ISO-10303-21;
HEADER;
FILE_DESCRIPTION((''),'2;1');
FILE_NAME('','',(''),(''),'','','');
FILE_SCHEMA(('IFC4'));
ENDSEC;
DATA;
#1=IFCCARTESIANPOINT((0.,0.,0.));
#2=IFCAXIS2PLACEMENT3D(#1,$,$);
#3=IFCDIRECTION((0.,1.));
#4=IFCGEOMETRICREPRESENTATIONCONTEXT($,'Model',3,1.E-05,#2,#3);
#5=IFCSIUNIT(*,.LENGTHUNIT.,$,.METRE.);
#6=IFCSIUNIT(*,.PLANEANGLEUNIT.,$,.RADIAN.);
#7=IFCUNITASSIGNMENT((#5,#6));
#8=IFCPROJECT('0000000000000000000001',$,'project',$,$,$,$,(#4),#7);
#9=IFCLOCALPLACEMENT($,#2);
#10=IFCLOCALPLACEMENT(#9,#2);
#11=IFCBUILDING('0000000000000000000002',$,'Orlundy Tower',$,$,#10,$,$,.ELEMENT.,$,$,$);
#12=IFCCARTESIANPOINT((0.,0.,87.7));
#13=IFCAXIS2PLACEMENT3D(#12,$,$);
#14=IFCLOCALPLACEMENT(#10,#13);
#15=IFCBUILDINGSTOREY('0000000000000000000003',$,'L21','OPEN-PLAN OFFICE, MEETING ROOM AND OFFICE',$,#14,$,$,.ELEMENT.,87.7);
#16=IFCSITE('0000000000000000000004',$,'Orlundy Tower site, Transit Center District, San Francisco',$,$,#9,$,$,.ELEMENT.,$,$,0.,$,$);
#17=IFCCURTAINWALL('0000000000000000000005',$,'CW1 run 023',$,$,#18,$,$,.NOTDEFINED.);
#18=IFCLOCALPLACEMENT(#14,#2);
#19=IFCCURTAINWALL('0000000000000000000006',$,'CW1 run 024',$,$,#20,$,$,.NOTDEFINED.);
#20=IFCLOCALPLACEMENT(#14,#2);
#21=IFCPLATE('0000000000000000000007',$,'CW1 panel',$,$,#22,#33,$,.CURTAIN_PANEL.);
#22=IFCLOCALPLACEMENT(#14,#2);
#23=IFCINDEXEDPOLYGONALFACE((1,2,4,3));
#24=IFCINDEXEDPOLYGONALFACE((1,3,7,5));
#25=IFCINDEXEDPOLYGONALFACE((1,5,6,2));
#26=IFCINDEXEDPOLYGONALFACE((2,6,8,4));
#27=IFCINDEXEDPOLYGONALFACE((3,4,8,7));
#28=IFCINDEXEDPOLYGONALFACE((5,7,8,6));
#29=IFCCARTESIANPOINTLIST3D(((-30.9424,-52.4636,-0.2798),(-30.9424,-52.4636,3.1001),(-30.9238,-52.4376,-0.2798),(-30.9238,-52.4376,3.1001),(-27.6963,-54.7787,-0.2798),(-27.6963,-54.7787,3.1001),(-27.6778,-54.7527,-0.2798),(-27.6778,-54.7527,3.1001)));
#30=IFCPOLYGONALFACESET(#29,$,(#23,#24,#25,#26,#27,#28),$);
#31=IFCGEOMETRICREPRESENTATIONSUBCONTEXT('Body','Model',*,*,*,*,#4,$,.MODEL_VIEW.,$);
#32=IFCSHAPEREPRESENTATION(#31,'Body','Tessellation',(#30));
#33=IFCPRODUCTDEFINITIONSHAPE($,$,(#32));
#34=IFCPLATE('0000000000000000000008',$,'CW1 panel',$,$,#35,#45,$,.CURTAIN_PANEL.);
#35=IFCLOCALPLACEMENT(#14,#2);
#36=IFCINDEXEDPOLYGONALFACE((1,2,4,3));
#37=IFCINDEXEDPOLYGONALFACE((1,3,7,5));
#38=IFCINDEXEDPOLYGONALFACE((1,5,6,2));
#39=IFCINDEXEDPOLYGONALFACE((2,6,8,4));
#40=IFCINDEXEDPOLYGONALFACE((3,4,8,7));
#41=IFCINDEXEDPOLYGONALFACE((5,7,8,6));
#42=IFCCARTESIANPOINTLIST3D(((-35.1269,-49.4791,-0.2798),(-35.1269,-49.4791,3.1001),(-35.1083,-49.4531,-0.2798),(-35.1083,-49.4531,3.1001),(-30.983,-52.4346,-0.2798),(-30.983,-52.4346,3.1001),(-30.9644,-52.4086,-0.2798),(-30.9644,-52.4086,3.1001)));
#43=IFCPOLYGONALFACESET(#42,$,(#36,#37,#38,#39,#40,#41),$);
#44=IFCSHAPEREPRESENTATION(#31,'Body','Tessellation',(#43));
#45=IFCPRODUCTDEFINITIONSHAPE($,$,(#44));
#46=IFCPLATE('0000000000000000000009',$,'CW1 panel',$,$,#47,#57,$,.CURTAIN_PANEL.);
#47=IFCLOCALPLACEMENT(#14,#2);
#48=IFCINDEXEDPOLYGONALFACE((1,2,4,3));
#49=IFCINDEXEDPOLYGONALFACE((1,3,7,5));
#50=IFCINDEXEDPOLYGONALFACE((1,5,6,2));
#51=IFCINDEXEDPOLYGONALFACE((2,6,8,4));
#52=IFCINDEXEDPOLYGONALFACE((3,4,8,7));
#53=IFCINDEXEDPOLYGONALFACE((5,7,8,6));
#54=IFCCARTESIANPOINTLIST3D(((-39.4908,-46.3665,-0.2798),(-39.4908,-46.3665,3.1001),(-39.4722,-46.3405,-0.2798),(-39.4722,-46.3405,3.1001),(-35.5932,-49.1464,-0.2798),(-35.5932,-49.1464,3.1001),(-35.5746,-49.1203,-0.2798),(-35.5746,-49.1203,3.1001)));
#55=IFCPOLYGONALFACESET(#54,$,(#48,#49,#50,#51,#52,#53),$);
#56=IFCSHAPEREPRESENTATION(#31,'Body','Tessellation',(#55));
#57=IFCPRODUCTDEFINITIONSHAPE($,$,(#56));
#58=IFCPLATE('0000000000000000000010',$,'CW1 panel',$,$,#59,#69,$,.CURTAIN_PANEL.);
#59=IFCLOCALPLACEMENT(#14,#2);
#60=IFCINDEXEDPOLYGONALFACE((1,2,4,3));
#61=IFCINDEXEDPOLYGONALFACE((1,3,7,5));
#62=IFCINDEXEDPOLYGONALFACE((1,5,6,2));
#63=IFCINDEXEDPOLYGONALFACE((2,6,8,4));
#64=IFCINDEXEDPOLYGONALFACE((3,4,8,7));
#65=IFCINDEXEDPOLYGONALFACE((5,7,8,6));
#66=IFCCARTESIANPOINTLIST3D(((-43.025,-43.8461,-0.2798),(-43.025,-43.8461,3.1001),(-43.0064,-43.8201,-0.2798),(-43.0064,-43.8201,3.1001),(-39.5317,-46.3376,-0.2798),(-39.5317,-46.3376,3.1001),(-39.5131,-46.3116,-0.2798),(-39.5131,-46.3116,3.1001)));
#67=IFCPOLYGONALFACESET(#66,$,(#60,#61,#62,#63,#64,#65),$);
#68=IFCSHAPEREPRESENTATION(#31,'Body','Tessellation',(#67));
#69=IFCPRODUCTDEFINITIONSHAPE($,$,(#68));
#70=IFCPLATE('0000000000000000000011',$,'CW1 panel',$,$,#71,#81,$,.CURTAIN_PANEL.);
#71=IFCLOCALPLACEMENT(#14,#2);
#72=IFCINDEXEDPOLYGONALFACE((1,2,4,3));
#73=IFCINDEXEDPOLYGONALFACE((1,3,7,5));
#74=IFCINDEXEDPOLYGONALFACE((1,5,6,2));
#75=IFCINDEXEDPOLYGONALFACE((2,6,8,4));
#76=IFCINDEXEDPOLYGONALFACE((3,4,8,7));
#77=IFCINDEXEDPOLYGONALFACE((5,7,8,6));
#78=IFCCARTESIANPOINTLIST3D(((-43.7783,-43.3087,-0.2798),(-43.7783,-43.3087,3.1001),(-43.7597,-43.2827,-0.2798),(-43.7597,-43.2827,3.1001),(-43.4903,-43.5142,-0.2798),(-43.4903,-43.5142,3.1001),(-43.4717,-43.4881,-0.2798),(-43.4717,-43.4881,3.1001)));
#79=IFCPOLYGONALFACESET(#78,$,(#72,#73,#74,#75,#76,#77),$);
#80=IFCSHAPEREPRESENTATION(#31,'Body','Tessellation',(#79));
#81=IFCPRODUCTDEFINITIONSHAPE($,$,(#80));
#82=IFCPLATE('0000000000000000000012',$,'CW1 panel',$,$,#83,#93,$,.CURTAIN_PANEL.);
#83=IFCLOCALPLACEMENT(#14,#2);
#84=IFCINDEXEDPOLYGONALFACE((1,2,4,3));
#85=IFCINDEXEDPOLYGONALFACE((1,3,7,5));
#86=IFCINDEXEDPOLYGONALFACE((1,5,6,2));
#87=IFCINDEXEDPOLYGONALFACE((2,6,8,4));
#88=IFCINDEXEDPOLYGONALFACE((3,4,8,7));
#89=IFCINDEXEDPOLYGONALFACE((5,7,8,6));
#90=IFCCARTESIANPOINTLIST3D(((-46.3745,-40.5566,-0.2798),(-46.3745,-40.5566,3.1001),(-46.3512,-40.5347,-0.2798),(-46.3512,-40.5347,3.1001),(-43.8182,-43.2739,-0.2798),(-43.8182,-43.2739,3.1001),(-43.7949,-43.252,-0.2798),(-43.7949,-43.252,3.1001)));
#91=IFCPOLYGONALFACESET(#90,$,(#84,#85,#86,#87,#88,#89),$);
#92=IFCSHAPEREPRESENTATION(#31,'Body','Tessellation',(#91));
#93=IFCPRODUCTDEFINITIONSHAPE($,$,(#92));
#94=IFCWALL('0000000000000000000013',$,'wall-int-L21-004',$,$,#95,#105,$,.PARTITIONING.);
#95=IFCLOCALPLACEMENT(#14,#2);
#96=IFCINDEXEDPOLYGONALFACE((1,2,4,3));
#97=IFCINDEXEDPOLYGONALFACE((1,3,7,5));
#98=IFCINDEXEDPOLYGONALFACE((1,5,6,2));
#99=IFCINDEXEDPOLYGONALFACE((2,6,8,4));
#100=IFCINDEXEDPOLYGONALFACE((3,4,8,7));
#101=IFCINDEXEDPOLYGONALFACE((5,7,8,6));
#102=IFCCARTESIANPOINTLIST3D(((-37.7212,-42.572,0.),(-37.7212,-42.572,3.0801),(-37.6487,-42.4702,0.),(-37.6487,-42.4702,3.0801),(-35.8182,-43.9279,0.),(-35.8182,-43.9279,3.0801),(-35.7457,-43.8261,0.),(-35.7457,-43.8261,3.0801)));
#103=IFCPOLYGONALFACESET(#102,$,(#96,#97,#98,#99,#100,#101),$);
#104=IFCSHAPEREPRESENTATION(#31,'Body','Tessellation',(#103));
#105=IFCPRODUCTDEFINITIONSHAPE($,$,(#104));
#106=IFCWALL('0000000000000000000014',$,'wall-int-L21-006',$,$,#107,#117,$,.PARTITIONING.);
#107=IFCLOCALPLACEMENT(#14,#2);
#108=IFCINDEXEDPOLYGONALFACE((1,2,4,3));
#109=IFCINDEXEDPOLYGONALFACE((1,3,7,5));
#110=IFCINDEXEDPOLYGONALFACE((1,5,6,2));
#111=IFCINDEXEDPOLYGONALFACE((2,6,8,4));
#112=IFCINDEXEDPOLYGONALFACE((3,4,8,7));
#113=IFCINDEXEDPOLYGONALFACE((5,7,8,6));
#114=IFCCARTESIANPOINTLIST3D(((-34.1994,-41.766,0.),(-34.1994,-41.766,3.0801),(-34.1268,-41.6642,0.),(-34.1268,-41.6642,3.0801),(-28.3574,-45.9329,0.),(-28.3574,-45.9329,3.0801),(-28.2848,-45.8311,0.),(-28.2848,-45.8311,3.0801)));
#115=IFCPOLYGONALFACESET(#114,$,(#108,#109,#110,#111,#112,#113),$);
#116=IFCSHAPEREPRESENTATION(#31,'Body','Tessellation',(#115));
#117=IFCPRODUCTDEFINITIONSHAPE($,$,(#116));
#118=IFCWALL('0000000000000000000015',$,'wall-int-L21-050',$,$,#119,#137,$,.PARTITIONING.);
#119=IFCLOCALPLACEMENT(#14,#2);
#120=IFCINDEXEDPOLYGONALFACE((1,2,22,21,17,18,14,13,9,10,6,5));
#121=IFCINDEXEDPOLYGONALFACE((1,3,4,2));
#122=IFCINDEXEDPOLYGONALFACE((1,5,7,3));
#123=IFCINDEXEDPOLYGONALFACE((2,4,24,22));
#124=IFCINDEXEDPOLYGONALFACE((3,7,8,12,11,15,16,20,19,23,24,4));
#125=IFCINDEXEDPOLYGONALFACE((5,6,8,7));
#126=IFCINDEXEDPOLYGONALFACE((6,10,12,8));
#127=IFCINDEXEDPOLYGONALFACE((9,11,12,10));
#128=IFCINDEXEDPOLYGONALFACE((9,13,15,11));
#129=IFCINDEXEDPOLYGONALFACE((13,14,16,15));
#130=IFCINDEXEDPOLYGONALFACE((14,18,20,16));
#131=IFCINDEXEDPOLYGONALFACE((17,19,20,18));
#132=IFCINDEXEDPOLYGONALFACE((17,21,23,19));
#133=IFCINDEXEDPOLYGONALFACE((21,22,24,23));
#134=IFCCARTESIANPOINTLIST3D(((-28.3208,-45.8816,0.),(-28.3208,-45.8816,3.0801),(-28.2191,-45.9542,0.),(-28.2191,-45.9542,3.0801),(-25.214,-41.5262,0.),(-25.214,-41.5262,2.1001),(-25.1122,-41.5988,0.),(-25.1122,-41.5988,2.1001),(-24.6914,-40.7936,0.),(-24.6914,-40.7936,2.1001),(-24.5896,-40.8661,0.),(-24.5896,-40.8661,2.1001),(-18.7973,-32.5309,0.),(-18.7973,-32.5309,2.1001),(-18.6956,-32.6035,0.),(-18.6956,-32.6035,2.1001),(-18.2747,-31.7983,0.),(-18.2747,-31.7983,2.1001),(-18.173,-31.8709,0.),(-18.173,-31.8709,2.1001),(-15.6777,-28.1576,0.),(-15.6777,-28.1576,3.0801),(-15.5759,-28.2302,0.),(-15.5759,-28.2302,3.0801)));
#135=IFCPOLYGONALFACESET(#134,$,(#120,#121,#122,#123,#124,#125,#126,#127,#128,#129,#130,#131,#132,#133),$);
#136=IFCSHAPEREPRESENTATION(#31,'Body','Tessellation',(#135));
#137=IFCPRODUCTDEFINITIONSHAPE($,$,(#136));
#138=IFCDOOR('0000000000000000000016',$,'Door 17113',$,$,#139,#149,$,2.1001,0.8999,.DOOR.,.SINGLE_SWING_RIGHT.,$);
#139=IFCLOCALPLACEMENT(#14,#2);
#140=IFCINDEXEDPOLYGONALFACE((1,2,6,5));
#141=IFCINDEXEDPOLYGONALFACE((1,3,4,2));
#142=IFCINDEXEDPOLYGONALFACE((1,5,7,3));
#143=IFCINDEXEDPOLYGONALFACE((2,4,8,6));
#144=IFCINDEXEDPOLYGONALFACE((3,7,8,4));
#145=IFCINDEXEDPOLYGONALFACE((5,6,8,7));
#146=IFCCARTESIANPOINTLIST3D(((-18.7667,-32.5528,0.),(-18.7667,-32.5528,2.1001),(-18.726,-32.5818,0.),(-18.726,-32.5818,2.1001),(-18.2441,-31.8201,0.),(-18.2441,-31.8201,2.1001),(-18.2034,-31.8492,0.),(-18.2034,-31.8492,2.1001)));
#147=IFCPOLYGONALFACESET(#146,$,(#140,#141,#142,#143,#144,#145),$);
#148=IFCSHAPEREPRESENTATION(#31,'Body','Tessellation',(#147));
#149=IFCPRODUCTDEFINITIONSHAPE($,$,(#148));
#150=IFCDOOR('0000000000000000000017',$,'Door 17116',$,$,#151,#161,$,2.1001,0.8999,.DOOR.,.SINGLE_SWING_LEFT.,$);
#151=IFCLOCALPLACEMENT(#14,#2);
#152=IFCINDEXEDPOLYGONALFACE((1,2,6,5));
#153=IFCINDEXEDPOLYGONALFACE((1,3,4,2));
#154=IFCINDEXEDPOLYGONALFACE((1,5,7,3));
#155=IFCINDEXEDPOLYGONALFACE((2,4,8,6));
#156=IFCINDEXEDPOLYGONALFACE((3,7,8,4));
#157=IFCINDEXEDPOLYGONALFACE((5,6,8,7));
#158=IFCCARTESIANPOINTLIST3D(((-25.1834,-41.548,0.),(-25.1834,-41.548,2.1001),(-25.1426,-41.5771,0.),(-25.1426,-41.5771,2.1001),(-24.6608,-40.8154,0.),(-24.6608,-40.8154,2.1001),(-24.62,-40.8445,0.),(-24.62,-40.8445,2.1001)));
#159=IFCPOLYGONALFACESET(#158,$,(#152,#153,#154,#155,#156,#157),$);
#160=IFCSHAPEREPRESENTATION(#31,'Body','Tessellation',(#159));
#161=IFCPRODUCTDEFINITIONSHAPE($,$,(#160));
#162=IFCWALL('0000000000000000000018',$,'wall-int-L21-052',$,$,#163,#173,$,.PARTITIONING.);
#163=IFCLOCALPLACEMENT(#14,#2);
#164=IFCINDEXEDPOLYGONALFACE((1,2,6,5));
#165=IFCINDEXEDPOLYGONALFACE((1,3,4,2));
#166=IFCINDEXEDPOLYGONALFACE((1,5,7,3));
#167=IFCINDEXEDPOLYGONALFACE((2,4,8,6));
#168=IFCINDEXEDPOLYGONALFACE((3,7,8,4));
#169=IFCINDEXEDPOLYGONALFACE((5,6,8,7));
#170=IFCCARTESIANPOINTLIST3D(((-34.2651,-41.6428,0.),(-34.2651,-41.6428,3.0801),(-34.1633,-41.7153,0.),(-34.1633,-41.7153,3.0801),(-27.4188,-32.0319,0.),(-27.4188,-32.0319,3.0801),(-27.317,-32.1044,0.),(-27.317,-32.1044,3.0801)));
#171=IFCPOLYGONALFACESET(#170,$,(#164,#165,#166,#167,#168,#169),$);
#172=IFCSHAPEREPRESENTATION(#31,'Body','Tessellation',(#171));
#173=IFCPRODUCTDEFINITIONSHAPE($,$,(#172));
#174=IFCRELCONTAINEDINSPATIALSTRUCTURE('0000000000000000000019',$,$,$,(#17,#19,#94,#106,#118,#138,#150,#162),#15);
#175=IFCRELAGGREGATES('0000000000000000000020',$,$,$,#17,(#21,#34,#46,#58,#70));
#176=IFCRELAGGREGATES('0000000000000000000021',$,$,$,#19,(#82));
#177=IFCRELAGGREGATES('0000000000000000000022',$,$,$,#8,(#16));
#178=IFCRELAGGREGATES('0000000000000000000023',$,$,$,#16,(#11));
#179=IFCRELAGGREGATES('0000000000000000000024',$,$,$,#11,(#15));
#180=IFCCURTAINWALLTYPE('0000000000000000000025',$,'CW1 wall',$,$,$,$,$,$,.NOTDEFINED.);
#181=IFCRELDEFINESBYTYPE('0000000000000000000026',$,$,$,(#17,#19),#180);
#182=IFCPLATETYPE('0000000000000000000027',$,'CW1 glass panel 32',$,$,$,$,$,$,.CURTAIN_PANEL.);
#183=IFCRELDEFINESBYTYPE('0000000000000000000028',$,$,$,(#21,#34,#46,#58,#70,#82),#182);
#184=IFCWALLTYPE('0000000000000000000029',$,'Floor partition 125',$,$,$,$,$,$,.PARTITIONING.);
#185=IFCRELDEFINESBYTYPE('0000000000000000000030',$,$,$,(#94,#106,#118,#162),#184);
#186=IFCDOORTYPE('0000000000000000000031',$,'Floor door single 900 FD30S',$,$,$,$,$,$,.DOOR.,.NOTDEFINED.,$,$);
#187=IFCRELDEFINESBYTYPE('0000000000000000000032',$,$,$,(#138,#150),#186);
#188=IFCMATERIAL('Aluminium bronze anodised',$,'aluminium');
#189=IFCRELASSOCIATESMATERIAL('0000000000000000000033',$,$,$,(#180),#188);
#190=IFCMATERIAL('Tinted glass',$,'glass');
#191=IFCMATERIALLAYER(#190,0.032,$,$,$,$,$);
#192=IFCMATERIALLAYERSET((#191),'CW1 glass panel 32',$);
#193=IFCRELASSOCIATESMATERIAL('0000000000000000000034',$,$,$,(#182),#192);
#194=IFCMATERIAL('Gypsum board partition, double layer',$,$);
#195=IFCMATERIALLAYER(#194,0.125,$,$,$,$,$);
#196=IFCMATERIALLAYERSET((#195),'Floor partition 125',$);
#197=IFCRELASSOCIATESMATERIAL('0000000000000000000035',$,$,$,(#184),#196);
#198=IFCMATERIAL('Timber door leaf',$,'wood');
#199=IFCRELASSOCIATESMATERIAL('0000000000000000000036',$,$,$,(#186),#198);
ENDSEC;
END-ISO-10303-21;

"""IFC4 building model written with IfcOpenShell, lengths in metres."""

from ifc_helpers import new_model, si_unit, direction, frame, frame_2d, origin, origin_2d, place, context, subcontext, project, spatial, rectangle, extrude, material, layer, layer_set, type_object, element, fill, aggregate, save


model = new_model("IFC4")

# Units and contexts
model_context = context("Model", 3, precision=1e-05, world=origin(), true_north=direction((0.0, 1.0)))
body_context = subcontext(model_context, "Body", "Model", "MODEL_VIEW")
ifc_project = project(units=[si_unit("LENGTHUNIT", "METRE"), si_unit("PLANEANGLEUNIT", "RADIAN")], contexts=[model_context])

# Site, building, storey
site_placement = place(None, origin())
site = spatial("IfcSite", under=ifc_project, at=site_placement, Name="Orlundy Tower site, Transit Center District, San Francisco", CompositionType="ELEMENT", RefElevation=0.0)
building_placement = place(site_placement, origin())
building = spatial("IfcBuilding", under=site, at=building_placement, Name="Orlundy Tower", CompositionType="ELEMENT")
storey_placement = place(building_placement, frame((0.0, 0.0, 87.7)))
storey = spatial("IfcBuildingStorey", under=building, at=storey_placement, Name="L21", Description="OPEN-PLAN OFFICE, MEETING ROOM AND OFFICE", CompositionType="ELEMENT", Elevation=87.7)

# Curtain wall
ifc_material_1 = material(Name="Aluminium bronze anodised", Category="aluminium")
curtain_wall_type = type_object("IfcCurtainWallType", Name="CW1 wall", PredefinedType="NOTDEFINED", material=ifc_material_1)
curtain_wall_1_placement = place(storey_placement, origin())
curtain_wall_1 = element("IfcCurtainWall", 1, at=curtain_wall_1_placement, inside=storey, type_object=curtain_wall_type, Name="CW1 run 023", PredefinedType="NOTDEFINED")

# Curtain wall
curtain_wall_2_placement = place(storey_placement, origin())
curtain_wall_2 = element("IfcCurtainWall", 2, at=curtain_wall_2_placement, inside=storey, type_object=curtain_wall_type, Name="CW1 run 024", PredefinedType="NOTDEFINED")

# Shared definitions
ifc_material_2 = material(Name="Tinted glass", Category="glass")
ifc_layer_1 = layer(ifc_material_2, 0.032)
ifc_layer_set_1 = layer_set([ifc_layer_1], Name="CW1 glass panel 32")
plate_type = type_object("IfcPlateType", Name="CW1 glass panel 32", PredefinedType="CURTAIN_PANEL", material=ifc_layer_set_1)

# Plates
plate_1_placement = place(storey_placement, frame((-29.3101, -53.6082, -0.2798), z_axis=(0.0, 0.0, 1.0), x_axis=(-0.814142, 0.580666, 0.0)))
plate_1 = element("IfcPlate", 3, at=plate_1_placement, type_object=plate_type, Name="CW1 panel", PredefinedType="CURTAIN_PANEL", context=body_context, shape_type="SweptSolid", body=[
    extrude(rectangle(XDim=3.9871, YDim=0.032, at=origin_2d()), origin(), (0.0, 0.0, 1.0), 3.3799),
])
plate_2_placement = place(storey_placement, frame((-33.0457, -50.9438, -0.2798), z_axis=(0.0, 0.0, 1.0), x_axis=(-0.814142, 0.580666, 0.0)))
plate_2 = element("IfcPlate", 4, at=plate_2_placement, type_object=plate_type, Name="CW1 panel", PredefinedType="CURTAIN_PANEL", context=body_context, shape_type="SweptSolid", body=[
    extrude(rectangle(XDim=5.0898, YDim=0.032, at=origin_2d()), origin(), (0.0, 0.0, 1.0), 3.3799),
])
plate_3_placement = place(storey_placement, frame((-37.5327, -47.7434, -0.2798), z_axis=(0.0, 0.0, 1.0), x_axis=(-0.814142, 0.580666, 0.0)))
plate_3 = element("IfcPlate", 5, at=plate_3_placement, type_object=plate_type, Name="CW1 panel", PredefinedType="CURTAIN_PANEL", context=body_context, shape_type="SweptSolid", body=[
    extrude(rectangle(XDim=4.7874, YDim=0.032, at=origin_2d()), origin(), (0.0, 0.0, 1.0), 3.3799),
])
plate_4_placement = place(storey_placement, frame((-41.269, -45.0789, -0.2798), z_axis=(0.0, 0.0, 1.0), x_axis=(-0.814142, 0.580666, 0.0)))
plate_4 = element("IfcPlate", 6, at=plate_4_placement, type_object=plate_type, Name="CW1 panel", PredefinedType="CURTAIN_PANEL", context=body_context, shape_type="SweptSolid", body=[
    extrude(rectangle(XDim=4.2908, YDim=0.032, at=origin_2d()), origin(), (0.0, 0.0, 1.0), 3.3799),
])
plate_5_placement = place(storey_placement, frame((-43.625, -43.3984, -0.2798), z_axis=(0.0, 0.0, 1.0), x_axis=(-0.814142, 0.580666, 0.0)))
plate_5 = element("IfcPlate", 7, at=plate_5_placement, type_object=plate_type, Name="CW1 panel", PredefinedType="CURTAIN_PANEL", context=body_context, shape_type="SweptSolid", body=[
    extrude(rectangle(XDim=0.3538, YDim=0.032, at=origin_2d()), origin(), (0.0, 0.0, 1.0), 3.3799),
])
aggregate(curtain_wall_1, [plate_1, plate_2, plate_3, plate_4, plate_5])
plate_6_placement = place(storey_placement, frame((-45.0847, -41.9043, -0.2798), z_axis=(0.0, 0.0, 1.0), x_axis=(-0.685196, 0.728358, 0.0)))
plate_6 = element("IfcPlate", 8, at=plate_6_placement, type_object=plate_type, Name="CW1 panel", PredefinedType="CURTAIN_PANEL", context=body_context, shape_type="SweptSolid", body=[
    extrude(rectangle(XDim=3.7307, YDim=0.032, at=origin_2d()), origin(), (0.0, 0.0, 1.0), 3.3799),
])
aggregate(curtain_wall_2, [plate_6])

# Walls
ifc_material_3 = material(Name="Gypsum board partition, double layer")
ifc_layer_2 = layer(ifc_material_3, 0.125)
ifc_layer_set_2 = layer_set([ifc_layer_2], Name="Floor partition 125")
wall_type_1 = type_object("IfcWallType", Name="Floor partition 125", PredefinedType="PARTITIONING", material=ifc_layer_set_2)
wall_1_placement = place(storey_placement, frame((-37.6851, -42.521, 0.0), z_axis=(0.0, 0.0, 1.0), x_axis=(0.814418, -0.580279, 0.0)))
element("IfcWall", 9, at=wall_1_placement, inside=storey, type_object=wall_type_1, Name="wall-int-L21-004", PredefinedType="PARTITIONING", context=body_context, shape_type="SweptSolid", body=[
    extrude(rectangle(XDim=2.3367, YDim=0.125, at=frame_2d((1.1685, 0.0))), origin(), (0.0, 0.0, 1.0), 3.0801),
])
wall_2_placement = place(storey_placement, frame((-34.1631, -41.7151, 0.0), z_axis=(0.0, 0.0, 1.0), x_axis=(0.814122, -0.580694, 0.0)))
element("IfcWall", 10, at=wall_2_placement, inside=storey, type_object=wall_type_1, Name="wall-int-L21-006", PredefinedType="PARTITIONING", context=body_context, shape_type="SweptSolid", body=[
    extrude(rectangle(XDim=7.1758, YDim=0.125, at=frame_2d((3.5879, 0.0))), origin(), (0.0, 0.0, 1.0), 3.0801),
])

# Wall, openings, doors
wall_3_placement = place(storey_placement, frame((-28.27, -45.918, 0.0), z_axis=(0.0, 0.0, 1.0), x_axis=(0.580726, 0.814099, 0.0)))
wall_3 = element("IfcWall", 11, at=wall_3_placement, inside=storey, type_object=wall_type_1, Name="wall-int-L21-050", PredefinedType="PARTITIONING", context=body_context, shape_type="SweptSolid", body=[
    extrude(rectangle(XDim=21.7712, YDim=0.125, at=frame_2d((10.8857, 0.0))), origin(), (0.0, 0.0, 1.0), 3.0801),
])
opening_1_placement = place(wall_3_placement, frame((16.3994, 0.0, 0.0)))
opening_1 = element("IfcOpeningElement", 12, at=opening_1_placement, cuts=wall_3, PredefinedType="OPENING", context=body_context, shape_type="SweptSolid", body=[
    extrude(rectangle(XDim=0.8999, YDim=2.1001, at=frame_2d((0.45, 1.05))), frame((0.0, 0.0725, 0.0), z_axis=(0.0, -1.0, 0.0), x_axis=(1.0, 0.0, 0.0)), (0.0, 0.0, 1.0), 0.145),
])
opening_2_placement = place(wall_3_placement, frame((5.3501, 0.0, 0.0)))
opening_2 = element("IfcOpeningElement", 13, at=opening_2_placement, cuts=wall_3, PredefinedType="OPENING", context=body_context, shape_type="SweptSolid", body=[
    extrude(rectangle(XDim=0.8999, YDim=2.1001, at=frame_2d((0.45, 1.05))), frame((0.0, 0.0725, 0.0), z_axis=(0.0, -1.0, 0.0), x_axis=(1.0, 0.0, 0.0)), (0.0, 0.0, 1.0), 0.145),
])
ifc_material_4 = material(Name="Timber door leaf", Category="wood")
door_type_1 = type_object("IfcDoorType", Name="Floor door single 900 FD30S", OperationType="NOTDEFINED", PredefinedType="DOOR", material=ifc_material_4)
door_1_placement = place(opening_1_placement, origin())
door_1 = element("IfcDoor", 14, at=door_1_placement, inside=storey, type_object=door_type_1, Name="Door 17113", OperationType="SINGLE_SWING_RIGHT", OverallHeight=2.1001, OverallWidth=0.8999, PredefinedType="DOOR", context=body_context, shape_type="SweptSolid", body=[
    extrude(rectangle(XDim=0.8999, YDim=2.1001, at=frame_2d((0.45, 1.05))), frame((0.0, 0.0249, 0.0), z_axis=(0.0, -1.0, 0.0), x_axis=(1.0, 0.0, 0.0)), (0.0, 0.0, 1.0), 0.05),
])
fill(opening_1, door_1)
door_2_placement = place(opening_2_placement, origin())
door_2 = element("IfcDoor", 15, at=door_2_placement, inside=storey, type_object=door_type_1, Name="Door 17116", OperationType="SINGLE_SWING_LEFT", OverallHeight=2.1001, OverallWidth=0.8999, PredefinedType="DOOR", context=body_context, shape_type="SweptSolid", body=[
    extrude(rectangle(XDim=0.8999, YDim=2.1001, at=frame_2d((0.45, 1.05))), frame((0.0, 0.0249, 0.0), z_axis=(0.0, -1.0, 0.0), x_axis=(1.0, 0.0, 0.0)), (0.0, 0.0, 1.0), 0.05),
])
fill(opening_2, door_2)

# Wall
wall_4_placement = place(storey_placement, frame((-34.2141, -41.679, 0.0), z_axis=(0.0, 0.0, 1.0), x_axis=(0.580189, 0.814482, 0.0)))
element("IfcWall", 16, at=wall_4_placement, inside=storey, type_object=wall_type_1, Name="wall-int-L21-052", PredefinedType="PARTITIONING", context=body_context, shape_type="SweptSolid", body=[
    extrude(rectangle(XDim=11.8, YDim=0.125, at=frame_2d((5.8999, 0.0))), origin(), (0.0, 0.0, 1.0), 3.0801),
])

save(model, "model.ifc")
